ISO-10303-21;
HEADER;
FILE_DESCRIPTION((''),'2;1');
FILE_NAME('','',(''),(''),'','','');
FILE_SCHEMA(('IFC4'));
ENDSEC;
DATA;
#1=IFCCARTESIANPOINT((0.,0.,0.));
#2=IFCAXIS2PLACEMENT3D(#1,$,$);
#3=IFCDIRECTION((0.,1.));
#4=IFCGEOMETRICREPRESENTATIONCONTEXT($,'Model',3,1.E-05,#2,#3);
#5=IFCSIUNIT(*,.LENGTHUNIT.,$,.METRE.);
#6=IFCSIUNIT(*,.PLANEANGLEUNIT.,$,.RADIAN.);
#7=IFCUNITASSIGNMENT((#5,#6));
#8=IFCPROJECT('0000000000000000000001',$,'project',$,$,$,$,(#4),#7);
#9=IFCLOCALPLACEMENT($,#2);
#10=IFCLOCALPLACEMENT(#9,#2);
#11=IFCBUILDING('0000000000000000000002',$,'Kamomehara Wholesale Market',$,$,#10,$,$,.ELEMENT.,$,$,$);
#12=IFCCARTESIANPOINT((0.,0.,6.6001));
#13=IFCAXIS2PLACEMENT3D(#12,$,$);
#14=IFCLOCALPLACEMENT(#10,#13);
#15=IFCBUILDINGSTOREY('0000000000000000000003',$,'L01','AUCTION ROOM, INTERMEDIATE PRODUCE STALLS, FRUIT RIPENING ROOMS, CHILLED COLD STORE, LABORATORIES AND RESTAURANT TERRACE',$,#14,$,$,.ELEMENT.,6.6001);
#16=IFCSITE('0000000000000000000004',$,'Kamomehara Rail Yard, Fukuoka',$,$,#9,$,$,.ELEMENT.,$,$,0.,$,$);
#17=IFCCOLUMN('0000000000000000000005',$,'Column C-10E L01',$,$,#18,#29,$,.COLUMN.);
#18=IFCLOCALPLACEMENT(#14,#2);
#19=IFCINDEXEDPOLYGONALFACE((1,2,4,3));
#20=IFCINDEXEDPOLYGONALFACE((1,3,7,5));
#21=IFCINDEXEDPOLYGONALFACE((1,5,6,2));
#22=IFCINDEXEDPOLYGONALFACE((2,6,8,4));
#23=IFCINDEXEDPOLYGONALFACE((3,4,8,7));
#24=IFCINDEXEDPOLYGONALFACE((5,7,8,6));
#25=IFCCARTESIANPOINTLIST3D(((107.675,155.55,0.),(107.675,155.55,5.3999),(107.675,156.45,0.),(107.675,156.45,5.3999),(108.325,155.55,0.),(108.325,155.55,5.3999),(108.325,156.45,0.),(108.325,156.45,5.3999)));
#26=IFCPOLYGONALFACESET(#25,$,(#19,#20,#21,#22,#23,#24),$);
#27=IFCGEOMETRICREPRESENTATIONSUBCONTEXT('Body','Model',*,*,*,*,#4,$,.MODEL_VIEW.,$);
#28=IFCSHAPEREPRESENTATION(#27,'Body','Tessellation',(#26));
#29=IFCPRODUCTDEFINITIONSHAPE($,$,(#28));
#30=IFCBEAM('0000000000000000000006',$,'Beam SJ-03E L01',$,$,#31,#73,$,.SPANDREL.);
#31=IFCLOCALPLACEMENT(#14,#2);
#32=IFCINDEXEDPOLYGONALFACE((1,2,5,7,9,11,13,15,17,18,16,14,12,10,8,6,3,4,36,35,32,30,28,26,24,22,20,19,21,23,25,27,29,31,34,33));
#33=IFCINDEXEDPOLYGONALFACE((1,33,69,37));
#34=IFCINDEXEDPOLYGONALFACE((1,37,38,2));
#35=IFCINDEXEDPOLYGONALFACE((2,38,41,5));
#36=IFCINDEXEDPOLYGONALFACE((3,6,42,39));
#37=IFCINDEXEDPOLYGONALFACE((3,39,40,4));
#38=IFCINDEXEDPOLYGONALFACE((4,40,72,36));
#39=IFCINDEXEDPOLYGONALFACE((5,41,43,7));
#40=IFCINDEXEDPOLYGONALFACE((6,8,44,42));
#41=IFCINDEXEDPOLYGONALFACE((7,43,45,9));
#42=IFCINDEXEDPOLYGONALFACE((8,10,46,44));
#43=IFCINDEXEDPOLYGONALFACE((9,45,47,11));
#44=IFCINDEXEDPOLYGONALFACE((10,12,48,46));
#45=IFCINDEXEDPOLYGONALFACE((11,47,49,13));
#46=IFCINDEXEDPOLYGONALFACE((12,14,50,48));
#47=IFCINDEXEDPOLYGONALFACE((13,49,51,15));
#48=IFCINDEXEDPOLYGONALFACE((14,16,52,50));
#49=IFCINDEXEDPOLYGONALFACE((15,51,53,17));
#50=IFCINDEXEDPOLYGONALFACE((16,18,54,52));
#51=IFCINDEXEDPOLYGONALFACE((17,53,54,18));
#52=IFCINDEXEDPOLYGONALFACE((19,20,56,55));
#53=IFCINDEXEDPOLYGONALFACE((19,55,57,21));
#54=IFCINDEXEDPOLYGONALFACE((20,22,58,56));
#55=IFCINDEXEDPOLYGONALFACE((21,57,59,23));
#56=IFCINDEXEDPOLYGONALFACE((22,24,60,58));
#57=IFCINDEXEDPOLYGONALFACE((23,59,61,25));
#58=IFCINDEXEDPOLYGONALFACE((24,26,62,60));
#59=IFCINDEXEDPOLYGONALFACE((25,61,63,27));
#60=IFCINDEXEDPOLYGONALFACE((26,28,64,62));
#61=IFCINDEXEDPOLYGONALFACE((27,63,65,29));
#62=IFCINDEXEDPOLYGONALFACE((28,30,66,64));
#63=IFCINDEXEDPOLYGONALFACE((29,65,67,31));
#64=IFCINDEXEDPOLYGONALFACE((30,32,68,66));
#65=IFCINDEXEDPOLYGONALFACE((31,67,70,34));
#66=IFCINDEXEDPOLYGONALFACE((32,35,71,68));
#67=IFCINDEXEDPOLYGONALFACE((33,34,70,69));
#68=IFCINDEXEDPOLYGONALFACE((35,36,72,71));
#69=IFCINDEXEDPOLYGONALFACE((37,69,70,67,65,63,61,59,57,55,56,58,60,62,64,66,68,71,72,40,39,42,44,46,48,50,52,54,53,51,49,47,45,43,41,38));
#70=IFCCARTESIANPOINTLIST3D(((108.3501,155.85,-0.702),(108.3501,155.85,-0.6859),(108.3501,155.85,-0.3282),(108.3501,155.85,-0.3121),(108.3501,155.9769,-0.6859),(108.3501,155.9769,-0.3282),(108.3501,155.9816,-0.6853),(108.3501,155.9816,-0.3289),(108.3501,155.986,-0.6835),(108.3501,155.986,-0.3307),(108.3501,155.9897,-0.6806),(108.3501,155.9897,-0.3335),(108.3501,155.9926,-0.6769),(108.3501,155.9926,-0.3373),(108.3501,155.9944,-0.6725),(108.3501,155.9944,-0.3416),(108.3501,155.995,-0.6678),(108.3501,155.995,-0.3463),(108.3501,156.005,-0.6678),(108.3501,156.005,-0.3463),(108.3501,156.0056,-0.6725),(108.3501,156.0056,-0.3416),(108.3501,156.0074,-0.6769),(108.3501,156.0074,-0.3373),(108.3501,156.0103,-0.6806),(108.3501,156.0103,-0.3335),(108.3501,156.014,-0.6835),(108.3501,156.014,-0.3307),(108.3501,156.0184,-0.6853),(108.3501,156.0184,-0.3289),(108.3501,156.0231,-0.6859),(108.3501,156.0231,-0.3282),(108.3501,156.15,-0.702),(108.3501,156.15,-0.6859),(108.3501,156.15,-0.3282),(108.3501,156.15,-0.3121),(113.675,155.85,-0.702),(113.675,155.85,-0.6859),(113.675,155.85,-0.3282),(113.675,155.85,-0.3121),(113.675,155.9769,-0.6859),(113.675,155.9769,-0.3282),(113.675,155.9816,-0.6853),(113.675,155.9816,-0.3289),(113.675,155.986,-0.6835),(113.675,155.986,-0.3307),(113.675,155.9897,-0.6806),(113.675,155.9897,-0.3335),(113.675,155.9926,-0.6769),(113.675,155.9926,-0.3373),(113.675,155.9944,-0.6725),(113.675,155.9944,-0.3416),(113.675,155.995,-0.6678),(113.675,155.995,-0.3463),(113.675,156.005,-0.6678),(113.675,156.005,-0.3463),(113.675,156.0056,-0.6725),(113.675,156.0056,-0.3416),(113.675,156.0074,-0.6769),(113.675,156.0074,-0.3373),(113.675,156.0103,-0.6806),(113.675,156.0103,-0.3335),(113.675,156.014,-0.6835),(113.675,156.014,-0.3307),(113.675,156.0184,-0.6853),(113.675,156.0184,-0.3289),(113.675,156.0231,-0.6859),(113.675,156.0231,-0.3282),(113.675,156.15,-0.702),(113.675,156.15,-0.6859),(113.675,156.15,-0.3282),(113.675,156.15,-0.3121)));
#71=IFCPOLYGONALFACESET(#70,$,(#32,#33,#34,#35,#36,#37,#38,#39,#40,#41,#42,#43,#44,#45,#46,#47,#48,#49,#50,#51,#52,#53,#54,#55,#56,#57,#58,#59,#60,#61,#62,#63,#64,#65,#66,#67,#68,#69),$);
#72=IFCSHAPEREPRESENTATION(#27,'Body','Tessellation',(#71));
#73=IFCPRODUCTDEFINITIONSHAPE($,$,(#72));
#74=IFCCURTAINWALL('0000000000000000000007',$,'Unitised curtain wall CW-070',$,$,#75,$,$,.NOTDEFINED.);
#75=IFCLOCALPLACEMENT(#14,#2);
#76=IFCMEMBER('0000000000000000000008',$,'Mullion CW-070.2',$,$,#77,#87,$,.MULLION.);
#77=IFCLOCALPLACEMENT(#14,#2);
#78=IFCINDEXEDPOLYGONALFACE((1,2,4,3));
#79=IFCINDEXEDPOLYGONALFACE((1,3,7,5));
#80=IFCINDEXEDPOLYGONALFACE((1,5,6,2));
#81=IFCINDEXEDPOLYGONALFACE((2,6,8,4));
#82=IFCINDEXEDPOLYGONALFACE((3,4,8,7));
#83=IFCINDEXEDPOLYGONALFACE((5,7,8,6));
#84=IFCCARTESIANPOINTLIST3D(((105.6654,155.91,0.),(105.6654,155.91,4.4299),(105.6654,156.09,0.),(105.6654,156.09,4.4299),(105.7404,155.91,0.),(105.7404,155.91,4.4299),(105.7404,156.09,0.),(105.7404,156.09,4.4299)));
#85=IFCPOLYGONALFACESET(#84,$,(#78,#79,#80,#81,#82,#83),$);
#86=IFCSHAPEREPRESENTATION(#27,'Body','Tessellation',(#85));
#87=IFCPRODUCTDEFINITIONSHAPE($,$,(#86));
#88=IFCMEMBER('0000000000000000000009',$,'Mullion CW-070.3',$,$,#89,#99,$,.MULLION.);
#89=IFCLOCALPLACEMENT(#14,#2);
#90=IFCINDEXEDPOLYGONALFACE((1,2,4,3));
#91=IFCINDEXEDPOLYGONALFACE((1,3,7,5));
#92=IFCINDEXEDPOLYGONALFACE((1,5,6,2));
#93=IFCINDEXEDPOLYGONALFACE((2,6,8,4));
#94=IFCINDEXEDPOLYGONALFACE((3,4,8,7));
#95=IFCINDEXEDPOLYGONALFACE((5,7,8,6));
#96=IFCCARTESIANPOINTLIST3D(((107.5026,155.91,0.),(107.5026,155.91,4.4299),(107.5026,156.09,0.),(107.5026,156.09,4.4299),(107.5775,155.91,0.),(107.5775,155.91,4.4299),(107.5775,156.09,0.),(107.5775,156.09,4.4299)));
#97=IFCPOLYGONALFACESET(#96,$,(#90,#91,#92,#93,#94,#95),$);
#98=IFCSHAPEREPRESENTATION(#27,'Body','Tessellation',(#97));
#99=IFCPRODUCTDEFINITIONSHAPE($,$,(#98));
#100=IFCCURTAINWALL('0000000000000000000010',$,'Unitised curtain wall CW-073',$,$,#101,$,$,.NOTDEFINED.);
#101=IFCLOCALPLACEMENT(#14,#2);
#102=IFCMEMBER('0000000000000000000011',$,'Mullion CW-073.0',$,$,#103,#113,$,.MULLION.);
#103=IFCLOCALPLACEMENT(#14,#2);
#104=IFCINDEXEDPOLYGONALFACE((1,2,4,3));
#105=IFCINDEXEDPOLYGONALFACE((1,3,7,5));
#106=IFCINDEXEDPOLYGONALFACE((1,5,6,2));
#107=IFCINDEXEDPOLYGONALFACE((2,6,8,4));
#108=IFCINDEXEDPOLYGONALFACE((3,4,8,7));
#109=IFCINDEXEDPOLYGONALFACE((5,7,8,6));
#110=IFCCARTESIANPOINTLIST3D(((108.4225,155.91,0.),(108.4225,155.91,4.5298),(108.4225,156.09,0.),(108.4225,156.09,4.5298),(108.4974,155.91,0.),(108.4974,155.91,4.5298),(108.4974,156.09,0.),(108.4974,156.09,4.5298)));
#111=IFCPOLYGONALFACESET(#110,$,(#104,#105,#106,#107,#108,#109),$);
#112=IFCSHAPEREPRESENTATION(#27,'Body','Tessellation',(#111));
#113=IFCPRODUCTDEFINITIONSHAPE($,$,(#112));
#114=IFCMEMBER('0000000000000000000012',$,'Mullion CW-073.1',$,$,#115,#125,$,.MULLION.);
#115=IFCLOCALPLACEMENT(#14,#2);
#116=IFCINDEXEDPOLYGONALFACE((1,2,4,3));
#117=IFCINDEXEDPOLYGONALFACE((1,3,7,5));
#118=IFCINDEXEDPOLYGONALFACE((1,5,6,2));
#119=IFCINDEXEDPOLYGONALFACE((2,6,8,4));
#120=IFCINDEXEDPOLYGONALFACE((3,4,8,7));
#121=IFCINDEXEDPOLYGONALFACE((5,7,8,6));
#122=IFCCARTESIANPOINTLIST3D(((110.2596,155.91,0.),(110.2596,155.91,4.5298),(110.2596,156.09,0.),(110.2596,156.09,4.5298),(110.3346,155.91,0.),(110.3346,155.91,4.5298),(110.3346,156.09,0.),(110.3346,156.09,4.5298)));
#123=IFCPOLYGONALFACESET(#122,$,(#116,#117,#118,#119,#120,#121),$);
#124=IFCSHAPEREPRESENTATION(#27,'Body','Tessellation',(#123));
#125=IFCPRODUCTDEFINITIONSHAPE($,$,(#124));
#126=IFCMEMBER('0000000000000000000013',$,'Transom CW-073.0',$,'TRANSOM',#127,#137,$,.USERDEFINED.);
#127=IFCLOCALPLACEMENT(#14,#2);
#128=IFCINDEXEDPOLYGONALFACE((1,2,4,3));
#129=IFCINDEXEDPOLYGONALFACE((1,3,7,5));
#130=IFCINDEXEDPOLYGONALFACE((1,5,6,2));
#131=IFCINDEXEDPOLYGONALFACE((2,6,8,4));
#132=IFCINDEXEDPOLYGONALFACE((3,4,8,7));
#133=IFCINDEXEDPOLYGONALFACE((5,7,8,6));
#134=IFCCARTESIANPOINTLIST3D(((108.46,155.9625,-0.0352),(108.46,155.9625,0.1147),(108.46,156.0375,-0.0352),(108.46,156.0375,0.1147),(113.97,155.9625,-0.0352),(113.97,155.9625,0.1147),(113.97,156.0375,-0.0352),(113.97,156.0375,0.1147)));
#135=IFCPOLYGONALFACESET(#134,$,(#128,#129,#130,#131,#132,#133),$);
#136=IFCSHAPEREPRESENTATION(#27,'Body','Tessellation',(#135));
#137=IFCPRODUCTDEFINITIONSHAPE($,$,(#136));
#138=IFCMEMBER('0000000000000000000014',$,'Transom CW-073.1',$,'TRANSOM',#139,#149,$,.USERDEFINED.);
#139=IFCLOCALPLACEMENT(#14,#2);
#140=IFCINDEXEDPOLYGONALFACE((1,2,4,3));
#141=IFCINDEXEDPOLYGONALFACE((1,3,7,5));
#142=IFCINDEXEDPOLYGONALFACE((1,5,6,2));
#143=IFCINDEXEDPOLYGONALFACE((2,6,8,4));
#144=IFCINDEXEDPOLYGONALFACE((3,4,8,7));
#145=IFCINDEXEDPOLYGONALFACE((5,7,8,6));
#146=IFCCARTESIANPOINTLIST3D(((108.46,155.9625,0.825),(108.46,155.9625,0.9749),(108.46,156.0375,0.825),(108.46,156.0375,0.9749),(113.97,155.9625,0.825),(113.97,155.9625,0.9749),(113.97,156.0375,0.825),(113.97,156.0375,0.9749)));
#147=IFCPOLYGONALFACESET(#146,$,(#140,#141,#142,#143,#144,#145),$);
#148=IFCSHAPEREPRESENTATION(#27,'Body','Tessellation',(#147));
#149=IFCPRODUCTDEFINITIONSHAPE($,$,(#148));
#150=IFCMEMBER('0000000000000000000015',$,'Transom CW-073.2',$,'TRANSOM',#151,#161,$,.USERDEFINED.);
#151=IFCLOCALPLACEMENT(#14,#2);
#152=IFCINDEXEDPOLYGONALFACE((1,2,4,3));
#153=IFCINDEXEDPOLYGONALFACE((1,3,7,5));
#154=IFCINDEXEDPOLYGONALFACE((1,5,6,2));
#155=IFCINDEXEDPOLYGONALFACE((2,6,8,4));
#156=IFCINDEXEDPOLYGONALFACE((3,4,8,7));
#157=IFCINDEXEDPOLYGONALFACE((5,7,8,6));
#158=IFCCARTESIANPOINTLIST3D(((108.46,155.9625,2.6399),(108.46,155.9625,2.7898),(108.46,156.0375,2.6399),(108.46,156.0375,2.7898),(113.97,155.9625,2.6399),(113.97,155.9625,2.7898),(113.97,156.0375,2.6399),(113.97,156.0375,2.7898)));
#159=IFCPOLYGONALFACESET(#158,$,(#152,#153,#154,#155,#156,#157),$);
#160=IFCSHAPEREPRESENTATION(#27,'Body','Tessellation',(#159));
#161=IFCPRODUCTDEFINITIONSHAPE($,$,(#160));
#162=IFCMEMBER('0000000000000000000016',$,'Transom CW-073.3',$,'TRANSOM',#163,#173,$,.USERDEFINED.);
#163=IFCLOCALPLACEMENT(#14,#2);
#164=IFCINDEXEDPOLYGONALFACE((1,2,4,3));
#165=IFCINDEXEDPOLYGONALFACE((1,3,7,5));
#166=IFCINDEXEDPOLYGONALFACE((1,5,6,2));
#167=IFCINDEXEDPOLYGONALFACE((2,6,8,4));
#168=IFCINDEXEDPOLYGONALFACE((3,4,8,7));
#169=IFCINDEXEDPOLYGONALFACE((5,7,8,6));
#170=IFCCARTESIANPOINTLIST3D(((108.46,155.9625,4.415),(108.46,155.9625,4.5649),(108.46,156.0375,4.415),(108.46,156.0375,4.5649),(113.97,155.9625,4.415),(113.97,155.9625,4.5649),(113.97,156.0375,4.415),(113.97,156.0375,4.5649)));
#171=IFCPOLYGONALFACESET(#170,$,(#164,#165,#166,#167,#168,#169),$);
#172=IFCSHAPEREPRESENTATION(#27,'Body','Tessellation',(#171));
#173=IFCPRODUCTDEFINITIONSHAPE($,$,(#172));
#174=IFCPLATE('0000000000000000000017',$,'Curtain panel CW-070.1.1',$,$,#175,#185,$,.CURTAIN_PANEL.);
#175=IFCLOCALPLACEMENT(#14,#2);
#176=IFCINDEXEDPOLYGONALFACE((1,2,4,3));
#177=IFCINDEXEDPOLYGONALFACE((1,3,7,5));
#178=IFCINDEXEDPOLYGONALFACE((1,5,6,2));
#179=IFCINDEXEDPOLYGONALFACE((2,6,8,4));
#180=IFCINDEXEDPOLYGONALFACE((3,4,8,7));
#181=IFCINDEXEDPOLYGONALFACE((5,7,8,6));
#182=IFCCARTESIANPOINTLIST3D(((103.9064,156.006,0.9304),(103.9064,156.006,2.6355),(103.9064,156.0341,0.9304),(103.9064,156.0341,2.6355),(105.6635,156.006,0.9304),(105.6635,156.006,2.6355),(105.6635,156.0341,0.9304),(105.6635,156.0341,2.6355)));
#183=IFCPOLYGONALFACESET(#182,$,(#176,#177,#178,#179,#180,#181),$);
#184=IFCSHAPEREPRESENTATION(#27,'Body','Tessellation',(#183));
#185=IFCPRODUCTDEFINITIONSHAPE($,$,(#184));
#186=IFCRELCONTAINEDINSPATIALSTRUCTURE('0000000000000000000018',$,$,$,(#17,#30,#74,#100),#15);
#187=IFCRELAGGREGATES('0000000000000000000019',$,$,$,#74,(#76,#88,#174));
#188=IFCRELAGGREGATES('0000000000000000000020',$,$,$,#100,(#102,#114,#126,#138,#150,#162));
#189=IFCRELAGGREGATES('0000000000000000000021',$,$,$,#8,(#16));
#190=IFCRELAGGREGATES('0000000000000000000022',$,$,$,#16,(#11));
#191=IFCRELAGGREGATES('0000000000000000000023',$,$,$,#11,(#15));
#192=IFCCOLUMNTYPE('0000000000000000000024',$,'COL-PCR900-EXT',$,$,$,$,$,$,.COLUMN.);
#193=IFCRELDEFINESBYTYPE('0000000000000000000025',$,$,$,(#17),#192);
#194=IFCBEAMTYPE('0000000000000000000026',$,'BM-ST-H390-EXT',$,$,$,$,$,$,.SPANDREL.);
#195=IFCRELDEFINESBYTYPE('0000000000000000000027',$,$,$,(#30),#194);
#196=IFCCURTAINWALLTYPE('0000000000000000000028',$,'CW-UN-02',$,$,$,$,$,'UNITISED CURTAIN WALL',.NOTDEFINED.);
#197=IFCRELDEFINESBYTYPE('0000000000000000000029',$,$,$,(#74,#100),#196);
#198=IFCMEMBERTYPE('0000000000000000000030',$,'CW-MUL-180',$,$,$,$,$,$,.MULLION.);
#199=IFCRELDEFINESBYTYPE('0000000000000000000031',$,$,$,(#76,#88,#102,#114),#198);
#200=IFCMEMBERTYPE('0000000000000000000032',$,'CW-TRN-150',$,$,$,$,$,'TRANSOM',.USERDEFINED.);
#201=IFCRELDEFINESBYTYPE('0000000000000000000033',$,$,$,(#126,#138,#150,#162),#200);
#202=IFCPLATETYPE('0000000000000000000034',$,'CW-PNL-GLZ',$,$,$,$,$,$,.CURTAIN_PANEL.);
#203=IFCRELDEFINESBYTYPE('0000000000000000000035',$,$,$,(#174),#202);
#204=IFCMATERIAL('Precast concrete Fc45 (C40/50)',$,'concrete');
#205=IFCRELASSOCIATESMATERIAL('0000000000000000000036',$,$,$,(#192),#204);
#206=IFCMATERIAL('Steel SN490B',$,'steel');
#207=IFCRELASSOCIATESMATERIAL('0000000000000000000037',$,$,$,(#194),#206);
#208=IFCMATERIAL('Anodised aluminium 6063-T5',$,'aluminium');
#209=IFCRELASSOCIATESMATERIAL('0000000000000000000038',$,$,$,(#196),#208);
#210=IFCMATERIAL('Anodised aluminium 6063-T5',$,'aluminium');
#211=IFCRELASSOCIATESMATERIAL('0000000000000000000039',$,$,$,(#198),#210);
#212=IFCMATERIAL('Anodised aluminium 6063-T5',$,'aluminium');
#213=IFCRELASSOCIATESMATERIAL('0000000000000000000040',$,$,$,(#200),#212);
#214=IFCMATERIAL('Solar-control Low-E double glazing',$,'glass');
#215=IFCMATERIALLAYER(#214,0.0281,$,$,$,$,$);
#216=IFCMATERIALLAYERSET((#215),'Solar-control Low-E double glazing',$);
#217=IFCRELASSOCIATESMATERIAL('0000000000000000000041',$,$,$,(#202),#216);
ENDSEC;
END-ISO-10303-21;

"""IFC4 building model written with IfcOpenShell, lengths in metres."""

from ifc_helpers import new_model, si_unit, direction, frame, origin, origin_2d, place, context, subcontext, project, spatial, rectangle, i_section, extrude, material, layer, layer_set, material_profile, profile_set, type_object, element, aggregate, save


model = new_model("IFC4")

# Units and contexts
model_context = context("Model", 3, precision=1e-05, world=origin(), true_north=direction((0.0, 1.0)))
body_context = subcontext(model_context, "Body", "Model", "MODEL_VIEW")
ifc_project = project(units=[si_unit("LENGTHUNIT", "METRE"), si_unit("PLANEANGLEUNIT", "RADIAN")], contexts=[model_context])

# Site, building, storey
site_placement = place(None, origin())
site = spatial("IfcSite", under=ifc_project, at=site_placement, Name="Kamomehara Rail Yard, Fukuoka", CompositionType="ELEMENT", RefElevation=0.0)
building_placement = place(site_placement, origin())
building = spatial("IfcBuilding", under=site, at=building_placement, Name="Kamomehara Wholesale Market", CompositionType="ELEMENT")
storey_placement = place(building_placement, frame((0.0, 0.0, 6.6001)))
storey = spatial("IfcBuildingStorey", under=building, at=storey_placement, Name="L01", Description="AUCTION ROOM, INTERMEDIATE PRODUCE STALLS, FRUIT RIPENING ROOMS, CHILLED COLD STORE, LABORATORIES AND RESTAURANT TERRACE", CompositionType="ELEMENT", Elevation=6.6001)

# Column
ifc_material_1 = material(Name="Precast concrete Fc45 (C40/50)", Category="concrete")
ifc_material_profile_1 = material_profile(ifc_material_1, rectangle(XDim=0.6499, YDim=0.8999, at=origin_2d()), Name="PC-COL-650x900")
ifc_profile_set_1 = profile_set([ifc_material_profile_1], Name="Precast concrete Fc45 (C40/50)")
column_type = type_object("IfcColumnType", Name="COL-PCR900-EXT", PredefinedType="COLUMN", material=ifc_profile_set_1)
column_placement = place(storey_placement, frame((108.0, 156.0, 0.0), z_axis=(0.0, 0.0, 1.0), x_axis=(1.0, 0.0, 0.0)))
element("IfcColumn", 1, at=column_placement, inside=storey, type_object=column_type, Name="Column C-10E L01", PredefinedType="COLUMN", context=body_context, shape_type="SweptSolid", body=[
    extrude(rectangle(XDim=0.6499, YDim=0.8999, at=origin_2d()), origin(), (0.0, 0.0, 1.0), 5.3999),
])

# Beam
ifc_material_2 = material(Name="Steel SN490B", Category="steel")
ifc_material_profile_2 = material_profile(ifc_material_2, i_section(OverallWidth=0.3, OverallDepth=0.3899, WebThickness=0.01, FlangeThickness=0.0161, FilletRadius=0.0181, at=origin_2d()), Name="H-390x300x10x16")
ifc_profile_set_2 = profile_set([ifc_material_profile_2], Name="Steel SN490B")
beam_type = type_object("IfcBeamType", Name="BM-ST-H390-EXT", PredefinedType="SPANDREL", material=ifc_profile_set_2)
beam_placement = place(storey_placement, frame((108.3501, 156.0, -0.5071), z_axis=(1.0, 0.0, 0.0), x_axis=(0.0, 1.0, 0.0)))
element("IfcBeam", 2, at=beam_placement, inside=storey, type_object=beam_type, Name="Beam SJ-03E L01", PredefinedType="SPANDREL", context=body_context, shape_type="SweptSolid", body=[
    extrude(i_section(OverallWidth=0.3, OverallDepth=0.3899, WebThickness=0.01, FlangeThickness=0.0161, FilletRadius=0.0181, at=origin_2d()), origin(), (0.0, 0.0, 1.0), 5.325),
])

# Curtain walls, members
ifc_material_3 = material(Name="Anodised aluminium 6063-T5", Category="aluminium")
curtain_wall_type = type_object("IfcCurtainWallType", Name="CW-UN-02", ElementType="UNITISED CURTAIN WALL", PredefinedType="NOTDEFINED", material=ifc_material_3)
curtain_wall_1_placement = place(storey_placement, origin())
curtain_wall_1 = element("IfcCurtainWall", 3, at=curtain_wall_1_placement, inside=storey, type_object=curtain_wall_type, Name="Unitised curtain wall CW-070", PredefinedType="NOTDEFINED")
ifc_material_4 = material(Name="Anodised aluminium 6063-T5", Category="aluminium")
ifc_material_profile_3 = material_profile(ifc_material_4, rectangle(XDim=0.075, YDim=0.1799, at=origin_2d()), Name="ALU-MUL-75x180")
ifc_profile_set_3 = profile_set([ifc_material_profile_3], Name="Anodised aluminium 6063-T5")
member_type_1 = type_object("IfcMemberType", Name="CW-MUL-180", PredefinedType="MULLION", material=ifc_profile_set_3)
member_1_placement = place(storey_placement, frame((105.7029, 156.0, 0.0), z_axis=(0.0, 0.0, 1.0), x_axis=(1.0, 0.0, 0.0)))
member_1 = element("IfcMember", 4, at=member_1_placement, type_object=member_type_1, Name="Mullion CW-070.2", PredefinedType="MULLION", context=body_context, shape_type="SweptSolid", body=[
    extrude(rectangle(XDim=0.075, YDim=0.1799, at=origin_2d()), origin(), (0.0, 0.0, 1.0), 4.4299),
])
member_2_placement = place(storey_placement, frame((107.54, 156.0, 0.0), z_axis=(0.0, 0.0, 1.0), x_axis=(1.0, 0.0, 0.0)))
member_2 = element("IfcMember", 5, at=member_2_placement, type_object=member_type_1, Name="Mullion CW-070.3", PredefinedType="MULLION", context=body_context, shape_type="SweptSolid", body=[
    extrude(rectangle(XDim=0.075, YDim=0.1799, at=origin_2d()), origin(), (0.0, 0.0, 1.0), 4.4299),
])
curtain_wall_2_placement = place(storey_placement, origin())
curtain_wall_2 = element("IfcCurtainWall", 6, at=curtain_wall_2_placement, inside=storey, type_object=curtain_wall_type, Name="Unitised curtain wall CW-073", PredefinedType="NOTDEFINED")
member_3_placement = place(storey_placement, frame((108.46, 156.0, 0.0), z_axis=(0.0, 0.0, 1.0), x_axis=(1.0, 0.0, 0.0)))
member_3 = element("IfcMember", 7, at=member_3_placement, type_object=member_type_1, Name="Mullion CW-073.0", PredefinedType="MULLION", context=body_context, shape_type="SweptSolid", body=[
    extrude(rectangle(XDim=0.075, YDim=0.1799, at=origin_2d()), origin(), (0.0, 0.0, 1.0), 4.5298),
])
member_4_placement = place(storey_placement, frame((110.2971, 156.0, 0.0), z_axis=(0.0, 0.0, 1.0), x_axis=(1.0, 0.0, 0.0)))
member_4 = element("IfcMember", 8, at=member_4_placement, type_object=member_type_1, Name="Mullion CW-073.1", PredefinedType="MULLION", context=body_context, shape_type="SweptSolid", body=[
    extrude(rectangle(XDim=0.075, YDim=0.1799, at=origin_2d()), origin(), (0.0, 0.0, 1.0), 4.5298),
])
ifc_material_5 = material(Name="Anodised aluminium 6063-T5", Category="aluminium")
ifc_material_profile_4 = material_profile(ifc_material_5, rectangle(XDim=0.075, YDim=0.1499, at=origin_2d()), Name="ALU-TRN-75x150")
ifc_profile_set_4 = profile_set([ifc_material_profile_4], Name="Anodised aluminium 6063-T5")
member_type_2 = type_object("IfcMemberType", Name="CW-TRN-150", ElementType="TRANSOM", PredefinedType="USERDEFINED", material=ifc_profile_set_4)
member_5_placement = place(storey_placement, frame((108.46, 156.0, 0.0398), z_axis=(1.0, 0.0, 0.0), x_axis=(0.0, 1.0, 0.0)))
member_5 = element("IfcMember", 9, at=member_5_placement, type_object=member_type_2, Name="Transom CW-073.0", ObjectType="TRANSOM", PredefinedType="USERDEFINED", context=body_context, shape_type="SweptSolid", body=[
    extrude(rectangle(XDim=0.075, YDim=0.1499, at=origin_2d()), origin(), (0.0, 0.0, 1.0), 5.51),
])
member_6_placement = place(storey_placement, frame((108.46, 156.0, 0.8999), z_axis=(1.0, 0.0, 0.0), x_axis=(0.0, 1.0, 0.0)))
member_6 = element("IfcMember", 10, at=member_6_placement, type_object=member_type_2, Name="Transom CW-073.1", ObjectType="TRANSOM", PredefinedType="USERDEFINED", context=body_context, shape_type="SweptSolid", body=[
    extrude(rectangle(XDim=0.075, YDim=0.1499, at=origin_2d()), origin(), (0.0, 0.0, 1.0), 5.51),
])
member_7_placement = place(storey_placement, frame((108.46, 156.0, 2.7148), z_axis=(1.0, 0.0, 0.0), x_axis=(0.0, 1.0, 0.0)))
member_7 = element("IfcMember", 11, at=member_7_placement, type_object=member_type_2, Name="Transom CW-073.2", ObjectType="TRANSOM", PredefinedType="USERDEFINED", context=body_context, shape_type="SweptSolid", body=[
    extrude(rectangle(XDim=0.075, YDim=0.1499, at=origin_2d()), origin(), (0.0, 0.0, 1.0), 5.51),
])
member_8_placement = place(storey_placement, frame((108.46, 156.0, 4.49), z_axis=(1.0, 0.0, 0.0), x_axis=(0.0, 1.0, 0.0)))
member_8 = element("IfcMember", 12, at=member_8_placement, type_object=member_type_2, Name="Transom CW-073.3", ObjectType="TRANSOM", PredefinedType="USERDEFINED", context=body_context, shape_type="SweptSolid", body=[
    extrude(rectangle(XDim=0.075, YDim=0.1499, at=origin_2d()), origin(), (0.0, 0.0, 1.0), 5.51),
])

# Plate
ifc_material_6 = material(Name="Solar-control Low-E double glazing", Category="glass")
ifc_layer_1 = layer(ifc_material_6, 0.0281)
ifc_layer_set_1 = layer_set([ifc_layer_1], Name="Solar-control Low-E double glazing")
plate_type_1 = type_object("IfcPlateType", Name="CW-PNL-GLZ", PredefinedType="CURTAIN_PANEL", material=ifc_layer_set_1)
plate_1_placement = place(storey_placement, frame((104.7849, 156.02, 0.9304), z_axis=(0.0, 0.0, 1.0), x_axis=(1.0, 0.0, 0.0)))
plate_1 = element("IfcPlate", 13, at=plate_1_placement, type_object=plate_type_1, Name="Curtain panel CW-070.1.1", PredefinedType="CURTAIN_PANEL", context=body_context, shape_type="SweptSolid", body=[
    extrude(rectangle(XDim=1.7571, YDim=0.0281, at=origin_2d()), origin(), (0.0, 0.0, 1.0), 1.7051),
])
aggregate(curtain_wall_1, [member_1, member_2, plate_1])
aggregate(curtain_wall_2, [member_3, member_4, member_5, member_6, member_7, member_8])

save(model, "model.ifc")
